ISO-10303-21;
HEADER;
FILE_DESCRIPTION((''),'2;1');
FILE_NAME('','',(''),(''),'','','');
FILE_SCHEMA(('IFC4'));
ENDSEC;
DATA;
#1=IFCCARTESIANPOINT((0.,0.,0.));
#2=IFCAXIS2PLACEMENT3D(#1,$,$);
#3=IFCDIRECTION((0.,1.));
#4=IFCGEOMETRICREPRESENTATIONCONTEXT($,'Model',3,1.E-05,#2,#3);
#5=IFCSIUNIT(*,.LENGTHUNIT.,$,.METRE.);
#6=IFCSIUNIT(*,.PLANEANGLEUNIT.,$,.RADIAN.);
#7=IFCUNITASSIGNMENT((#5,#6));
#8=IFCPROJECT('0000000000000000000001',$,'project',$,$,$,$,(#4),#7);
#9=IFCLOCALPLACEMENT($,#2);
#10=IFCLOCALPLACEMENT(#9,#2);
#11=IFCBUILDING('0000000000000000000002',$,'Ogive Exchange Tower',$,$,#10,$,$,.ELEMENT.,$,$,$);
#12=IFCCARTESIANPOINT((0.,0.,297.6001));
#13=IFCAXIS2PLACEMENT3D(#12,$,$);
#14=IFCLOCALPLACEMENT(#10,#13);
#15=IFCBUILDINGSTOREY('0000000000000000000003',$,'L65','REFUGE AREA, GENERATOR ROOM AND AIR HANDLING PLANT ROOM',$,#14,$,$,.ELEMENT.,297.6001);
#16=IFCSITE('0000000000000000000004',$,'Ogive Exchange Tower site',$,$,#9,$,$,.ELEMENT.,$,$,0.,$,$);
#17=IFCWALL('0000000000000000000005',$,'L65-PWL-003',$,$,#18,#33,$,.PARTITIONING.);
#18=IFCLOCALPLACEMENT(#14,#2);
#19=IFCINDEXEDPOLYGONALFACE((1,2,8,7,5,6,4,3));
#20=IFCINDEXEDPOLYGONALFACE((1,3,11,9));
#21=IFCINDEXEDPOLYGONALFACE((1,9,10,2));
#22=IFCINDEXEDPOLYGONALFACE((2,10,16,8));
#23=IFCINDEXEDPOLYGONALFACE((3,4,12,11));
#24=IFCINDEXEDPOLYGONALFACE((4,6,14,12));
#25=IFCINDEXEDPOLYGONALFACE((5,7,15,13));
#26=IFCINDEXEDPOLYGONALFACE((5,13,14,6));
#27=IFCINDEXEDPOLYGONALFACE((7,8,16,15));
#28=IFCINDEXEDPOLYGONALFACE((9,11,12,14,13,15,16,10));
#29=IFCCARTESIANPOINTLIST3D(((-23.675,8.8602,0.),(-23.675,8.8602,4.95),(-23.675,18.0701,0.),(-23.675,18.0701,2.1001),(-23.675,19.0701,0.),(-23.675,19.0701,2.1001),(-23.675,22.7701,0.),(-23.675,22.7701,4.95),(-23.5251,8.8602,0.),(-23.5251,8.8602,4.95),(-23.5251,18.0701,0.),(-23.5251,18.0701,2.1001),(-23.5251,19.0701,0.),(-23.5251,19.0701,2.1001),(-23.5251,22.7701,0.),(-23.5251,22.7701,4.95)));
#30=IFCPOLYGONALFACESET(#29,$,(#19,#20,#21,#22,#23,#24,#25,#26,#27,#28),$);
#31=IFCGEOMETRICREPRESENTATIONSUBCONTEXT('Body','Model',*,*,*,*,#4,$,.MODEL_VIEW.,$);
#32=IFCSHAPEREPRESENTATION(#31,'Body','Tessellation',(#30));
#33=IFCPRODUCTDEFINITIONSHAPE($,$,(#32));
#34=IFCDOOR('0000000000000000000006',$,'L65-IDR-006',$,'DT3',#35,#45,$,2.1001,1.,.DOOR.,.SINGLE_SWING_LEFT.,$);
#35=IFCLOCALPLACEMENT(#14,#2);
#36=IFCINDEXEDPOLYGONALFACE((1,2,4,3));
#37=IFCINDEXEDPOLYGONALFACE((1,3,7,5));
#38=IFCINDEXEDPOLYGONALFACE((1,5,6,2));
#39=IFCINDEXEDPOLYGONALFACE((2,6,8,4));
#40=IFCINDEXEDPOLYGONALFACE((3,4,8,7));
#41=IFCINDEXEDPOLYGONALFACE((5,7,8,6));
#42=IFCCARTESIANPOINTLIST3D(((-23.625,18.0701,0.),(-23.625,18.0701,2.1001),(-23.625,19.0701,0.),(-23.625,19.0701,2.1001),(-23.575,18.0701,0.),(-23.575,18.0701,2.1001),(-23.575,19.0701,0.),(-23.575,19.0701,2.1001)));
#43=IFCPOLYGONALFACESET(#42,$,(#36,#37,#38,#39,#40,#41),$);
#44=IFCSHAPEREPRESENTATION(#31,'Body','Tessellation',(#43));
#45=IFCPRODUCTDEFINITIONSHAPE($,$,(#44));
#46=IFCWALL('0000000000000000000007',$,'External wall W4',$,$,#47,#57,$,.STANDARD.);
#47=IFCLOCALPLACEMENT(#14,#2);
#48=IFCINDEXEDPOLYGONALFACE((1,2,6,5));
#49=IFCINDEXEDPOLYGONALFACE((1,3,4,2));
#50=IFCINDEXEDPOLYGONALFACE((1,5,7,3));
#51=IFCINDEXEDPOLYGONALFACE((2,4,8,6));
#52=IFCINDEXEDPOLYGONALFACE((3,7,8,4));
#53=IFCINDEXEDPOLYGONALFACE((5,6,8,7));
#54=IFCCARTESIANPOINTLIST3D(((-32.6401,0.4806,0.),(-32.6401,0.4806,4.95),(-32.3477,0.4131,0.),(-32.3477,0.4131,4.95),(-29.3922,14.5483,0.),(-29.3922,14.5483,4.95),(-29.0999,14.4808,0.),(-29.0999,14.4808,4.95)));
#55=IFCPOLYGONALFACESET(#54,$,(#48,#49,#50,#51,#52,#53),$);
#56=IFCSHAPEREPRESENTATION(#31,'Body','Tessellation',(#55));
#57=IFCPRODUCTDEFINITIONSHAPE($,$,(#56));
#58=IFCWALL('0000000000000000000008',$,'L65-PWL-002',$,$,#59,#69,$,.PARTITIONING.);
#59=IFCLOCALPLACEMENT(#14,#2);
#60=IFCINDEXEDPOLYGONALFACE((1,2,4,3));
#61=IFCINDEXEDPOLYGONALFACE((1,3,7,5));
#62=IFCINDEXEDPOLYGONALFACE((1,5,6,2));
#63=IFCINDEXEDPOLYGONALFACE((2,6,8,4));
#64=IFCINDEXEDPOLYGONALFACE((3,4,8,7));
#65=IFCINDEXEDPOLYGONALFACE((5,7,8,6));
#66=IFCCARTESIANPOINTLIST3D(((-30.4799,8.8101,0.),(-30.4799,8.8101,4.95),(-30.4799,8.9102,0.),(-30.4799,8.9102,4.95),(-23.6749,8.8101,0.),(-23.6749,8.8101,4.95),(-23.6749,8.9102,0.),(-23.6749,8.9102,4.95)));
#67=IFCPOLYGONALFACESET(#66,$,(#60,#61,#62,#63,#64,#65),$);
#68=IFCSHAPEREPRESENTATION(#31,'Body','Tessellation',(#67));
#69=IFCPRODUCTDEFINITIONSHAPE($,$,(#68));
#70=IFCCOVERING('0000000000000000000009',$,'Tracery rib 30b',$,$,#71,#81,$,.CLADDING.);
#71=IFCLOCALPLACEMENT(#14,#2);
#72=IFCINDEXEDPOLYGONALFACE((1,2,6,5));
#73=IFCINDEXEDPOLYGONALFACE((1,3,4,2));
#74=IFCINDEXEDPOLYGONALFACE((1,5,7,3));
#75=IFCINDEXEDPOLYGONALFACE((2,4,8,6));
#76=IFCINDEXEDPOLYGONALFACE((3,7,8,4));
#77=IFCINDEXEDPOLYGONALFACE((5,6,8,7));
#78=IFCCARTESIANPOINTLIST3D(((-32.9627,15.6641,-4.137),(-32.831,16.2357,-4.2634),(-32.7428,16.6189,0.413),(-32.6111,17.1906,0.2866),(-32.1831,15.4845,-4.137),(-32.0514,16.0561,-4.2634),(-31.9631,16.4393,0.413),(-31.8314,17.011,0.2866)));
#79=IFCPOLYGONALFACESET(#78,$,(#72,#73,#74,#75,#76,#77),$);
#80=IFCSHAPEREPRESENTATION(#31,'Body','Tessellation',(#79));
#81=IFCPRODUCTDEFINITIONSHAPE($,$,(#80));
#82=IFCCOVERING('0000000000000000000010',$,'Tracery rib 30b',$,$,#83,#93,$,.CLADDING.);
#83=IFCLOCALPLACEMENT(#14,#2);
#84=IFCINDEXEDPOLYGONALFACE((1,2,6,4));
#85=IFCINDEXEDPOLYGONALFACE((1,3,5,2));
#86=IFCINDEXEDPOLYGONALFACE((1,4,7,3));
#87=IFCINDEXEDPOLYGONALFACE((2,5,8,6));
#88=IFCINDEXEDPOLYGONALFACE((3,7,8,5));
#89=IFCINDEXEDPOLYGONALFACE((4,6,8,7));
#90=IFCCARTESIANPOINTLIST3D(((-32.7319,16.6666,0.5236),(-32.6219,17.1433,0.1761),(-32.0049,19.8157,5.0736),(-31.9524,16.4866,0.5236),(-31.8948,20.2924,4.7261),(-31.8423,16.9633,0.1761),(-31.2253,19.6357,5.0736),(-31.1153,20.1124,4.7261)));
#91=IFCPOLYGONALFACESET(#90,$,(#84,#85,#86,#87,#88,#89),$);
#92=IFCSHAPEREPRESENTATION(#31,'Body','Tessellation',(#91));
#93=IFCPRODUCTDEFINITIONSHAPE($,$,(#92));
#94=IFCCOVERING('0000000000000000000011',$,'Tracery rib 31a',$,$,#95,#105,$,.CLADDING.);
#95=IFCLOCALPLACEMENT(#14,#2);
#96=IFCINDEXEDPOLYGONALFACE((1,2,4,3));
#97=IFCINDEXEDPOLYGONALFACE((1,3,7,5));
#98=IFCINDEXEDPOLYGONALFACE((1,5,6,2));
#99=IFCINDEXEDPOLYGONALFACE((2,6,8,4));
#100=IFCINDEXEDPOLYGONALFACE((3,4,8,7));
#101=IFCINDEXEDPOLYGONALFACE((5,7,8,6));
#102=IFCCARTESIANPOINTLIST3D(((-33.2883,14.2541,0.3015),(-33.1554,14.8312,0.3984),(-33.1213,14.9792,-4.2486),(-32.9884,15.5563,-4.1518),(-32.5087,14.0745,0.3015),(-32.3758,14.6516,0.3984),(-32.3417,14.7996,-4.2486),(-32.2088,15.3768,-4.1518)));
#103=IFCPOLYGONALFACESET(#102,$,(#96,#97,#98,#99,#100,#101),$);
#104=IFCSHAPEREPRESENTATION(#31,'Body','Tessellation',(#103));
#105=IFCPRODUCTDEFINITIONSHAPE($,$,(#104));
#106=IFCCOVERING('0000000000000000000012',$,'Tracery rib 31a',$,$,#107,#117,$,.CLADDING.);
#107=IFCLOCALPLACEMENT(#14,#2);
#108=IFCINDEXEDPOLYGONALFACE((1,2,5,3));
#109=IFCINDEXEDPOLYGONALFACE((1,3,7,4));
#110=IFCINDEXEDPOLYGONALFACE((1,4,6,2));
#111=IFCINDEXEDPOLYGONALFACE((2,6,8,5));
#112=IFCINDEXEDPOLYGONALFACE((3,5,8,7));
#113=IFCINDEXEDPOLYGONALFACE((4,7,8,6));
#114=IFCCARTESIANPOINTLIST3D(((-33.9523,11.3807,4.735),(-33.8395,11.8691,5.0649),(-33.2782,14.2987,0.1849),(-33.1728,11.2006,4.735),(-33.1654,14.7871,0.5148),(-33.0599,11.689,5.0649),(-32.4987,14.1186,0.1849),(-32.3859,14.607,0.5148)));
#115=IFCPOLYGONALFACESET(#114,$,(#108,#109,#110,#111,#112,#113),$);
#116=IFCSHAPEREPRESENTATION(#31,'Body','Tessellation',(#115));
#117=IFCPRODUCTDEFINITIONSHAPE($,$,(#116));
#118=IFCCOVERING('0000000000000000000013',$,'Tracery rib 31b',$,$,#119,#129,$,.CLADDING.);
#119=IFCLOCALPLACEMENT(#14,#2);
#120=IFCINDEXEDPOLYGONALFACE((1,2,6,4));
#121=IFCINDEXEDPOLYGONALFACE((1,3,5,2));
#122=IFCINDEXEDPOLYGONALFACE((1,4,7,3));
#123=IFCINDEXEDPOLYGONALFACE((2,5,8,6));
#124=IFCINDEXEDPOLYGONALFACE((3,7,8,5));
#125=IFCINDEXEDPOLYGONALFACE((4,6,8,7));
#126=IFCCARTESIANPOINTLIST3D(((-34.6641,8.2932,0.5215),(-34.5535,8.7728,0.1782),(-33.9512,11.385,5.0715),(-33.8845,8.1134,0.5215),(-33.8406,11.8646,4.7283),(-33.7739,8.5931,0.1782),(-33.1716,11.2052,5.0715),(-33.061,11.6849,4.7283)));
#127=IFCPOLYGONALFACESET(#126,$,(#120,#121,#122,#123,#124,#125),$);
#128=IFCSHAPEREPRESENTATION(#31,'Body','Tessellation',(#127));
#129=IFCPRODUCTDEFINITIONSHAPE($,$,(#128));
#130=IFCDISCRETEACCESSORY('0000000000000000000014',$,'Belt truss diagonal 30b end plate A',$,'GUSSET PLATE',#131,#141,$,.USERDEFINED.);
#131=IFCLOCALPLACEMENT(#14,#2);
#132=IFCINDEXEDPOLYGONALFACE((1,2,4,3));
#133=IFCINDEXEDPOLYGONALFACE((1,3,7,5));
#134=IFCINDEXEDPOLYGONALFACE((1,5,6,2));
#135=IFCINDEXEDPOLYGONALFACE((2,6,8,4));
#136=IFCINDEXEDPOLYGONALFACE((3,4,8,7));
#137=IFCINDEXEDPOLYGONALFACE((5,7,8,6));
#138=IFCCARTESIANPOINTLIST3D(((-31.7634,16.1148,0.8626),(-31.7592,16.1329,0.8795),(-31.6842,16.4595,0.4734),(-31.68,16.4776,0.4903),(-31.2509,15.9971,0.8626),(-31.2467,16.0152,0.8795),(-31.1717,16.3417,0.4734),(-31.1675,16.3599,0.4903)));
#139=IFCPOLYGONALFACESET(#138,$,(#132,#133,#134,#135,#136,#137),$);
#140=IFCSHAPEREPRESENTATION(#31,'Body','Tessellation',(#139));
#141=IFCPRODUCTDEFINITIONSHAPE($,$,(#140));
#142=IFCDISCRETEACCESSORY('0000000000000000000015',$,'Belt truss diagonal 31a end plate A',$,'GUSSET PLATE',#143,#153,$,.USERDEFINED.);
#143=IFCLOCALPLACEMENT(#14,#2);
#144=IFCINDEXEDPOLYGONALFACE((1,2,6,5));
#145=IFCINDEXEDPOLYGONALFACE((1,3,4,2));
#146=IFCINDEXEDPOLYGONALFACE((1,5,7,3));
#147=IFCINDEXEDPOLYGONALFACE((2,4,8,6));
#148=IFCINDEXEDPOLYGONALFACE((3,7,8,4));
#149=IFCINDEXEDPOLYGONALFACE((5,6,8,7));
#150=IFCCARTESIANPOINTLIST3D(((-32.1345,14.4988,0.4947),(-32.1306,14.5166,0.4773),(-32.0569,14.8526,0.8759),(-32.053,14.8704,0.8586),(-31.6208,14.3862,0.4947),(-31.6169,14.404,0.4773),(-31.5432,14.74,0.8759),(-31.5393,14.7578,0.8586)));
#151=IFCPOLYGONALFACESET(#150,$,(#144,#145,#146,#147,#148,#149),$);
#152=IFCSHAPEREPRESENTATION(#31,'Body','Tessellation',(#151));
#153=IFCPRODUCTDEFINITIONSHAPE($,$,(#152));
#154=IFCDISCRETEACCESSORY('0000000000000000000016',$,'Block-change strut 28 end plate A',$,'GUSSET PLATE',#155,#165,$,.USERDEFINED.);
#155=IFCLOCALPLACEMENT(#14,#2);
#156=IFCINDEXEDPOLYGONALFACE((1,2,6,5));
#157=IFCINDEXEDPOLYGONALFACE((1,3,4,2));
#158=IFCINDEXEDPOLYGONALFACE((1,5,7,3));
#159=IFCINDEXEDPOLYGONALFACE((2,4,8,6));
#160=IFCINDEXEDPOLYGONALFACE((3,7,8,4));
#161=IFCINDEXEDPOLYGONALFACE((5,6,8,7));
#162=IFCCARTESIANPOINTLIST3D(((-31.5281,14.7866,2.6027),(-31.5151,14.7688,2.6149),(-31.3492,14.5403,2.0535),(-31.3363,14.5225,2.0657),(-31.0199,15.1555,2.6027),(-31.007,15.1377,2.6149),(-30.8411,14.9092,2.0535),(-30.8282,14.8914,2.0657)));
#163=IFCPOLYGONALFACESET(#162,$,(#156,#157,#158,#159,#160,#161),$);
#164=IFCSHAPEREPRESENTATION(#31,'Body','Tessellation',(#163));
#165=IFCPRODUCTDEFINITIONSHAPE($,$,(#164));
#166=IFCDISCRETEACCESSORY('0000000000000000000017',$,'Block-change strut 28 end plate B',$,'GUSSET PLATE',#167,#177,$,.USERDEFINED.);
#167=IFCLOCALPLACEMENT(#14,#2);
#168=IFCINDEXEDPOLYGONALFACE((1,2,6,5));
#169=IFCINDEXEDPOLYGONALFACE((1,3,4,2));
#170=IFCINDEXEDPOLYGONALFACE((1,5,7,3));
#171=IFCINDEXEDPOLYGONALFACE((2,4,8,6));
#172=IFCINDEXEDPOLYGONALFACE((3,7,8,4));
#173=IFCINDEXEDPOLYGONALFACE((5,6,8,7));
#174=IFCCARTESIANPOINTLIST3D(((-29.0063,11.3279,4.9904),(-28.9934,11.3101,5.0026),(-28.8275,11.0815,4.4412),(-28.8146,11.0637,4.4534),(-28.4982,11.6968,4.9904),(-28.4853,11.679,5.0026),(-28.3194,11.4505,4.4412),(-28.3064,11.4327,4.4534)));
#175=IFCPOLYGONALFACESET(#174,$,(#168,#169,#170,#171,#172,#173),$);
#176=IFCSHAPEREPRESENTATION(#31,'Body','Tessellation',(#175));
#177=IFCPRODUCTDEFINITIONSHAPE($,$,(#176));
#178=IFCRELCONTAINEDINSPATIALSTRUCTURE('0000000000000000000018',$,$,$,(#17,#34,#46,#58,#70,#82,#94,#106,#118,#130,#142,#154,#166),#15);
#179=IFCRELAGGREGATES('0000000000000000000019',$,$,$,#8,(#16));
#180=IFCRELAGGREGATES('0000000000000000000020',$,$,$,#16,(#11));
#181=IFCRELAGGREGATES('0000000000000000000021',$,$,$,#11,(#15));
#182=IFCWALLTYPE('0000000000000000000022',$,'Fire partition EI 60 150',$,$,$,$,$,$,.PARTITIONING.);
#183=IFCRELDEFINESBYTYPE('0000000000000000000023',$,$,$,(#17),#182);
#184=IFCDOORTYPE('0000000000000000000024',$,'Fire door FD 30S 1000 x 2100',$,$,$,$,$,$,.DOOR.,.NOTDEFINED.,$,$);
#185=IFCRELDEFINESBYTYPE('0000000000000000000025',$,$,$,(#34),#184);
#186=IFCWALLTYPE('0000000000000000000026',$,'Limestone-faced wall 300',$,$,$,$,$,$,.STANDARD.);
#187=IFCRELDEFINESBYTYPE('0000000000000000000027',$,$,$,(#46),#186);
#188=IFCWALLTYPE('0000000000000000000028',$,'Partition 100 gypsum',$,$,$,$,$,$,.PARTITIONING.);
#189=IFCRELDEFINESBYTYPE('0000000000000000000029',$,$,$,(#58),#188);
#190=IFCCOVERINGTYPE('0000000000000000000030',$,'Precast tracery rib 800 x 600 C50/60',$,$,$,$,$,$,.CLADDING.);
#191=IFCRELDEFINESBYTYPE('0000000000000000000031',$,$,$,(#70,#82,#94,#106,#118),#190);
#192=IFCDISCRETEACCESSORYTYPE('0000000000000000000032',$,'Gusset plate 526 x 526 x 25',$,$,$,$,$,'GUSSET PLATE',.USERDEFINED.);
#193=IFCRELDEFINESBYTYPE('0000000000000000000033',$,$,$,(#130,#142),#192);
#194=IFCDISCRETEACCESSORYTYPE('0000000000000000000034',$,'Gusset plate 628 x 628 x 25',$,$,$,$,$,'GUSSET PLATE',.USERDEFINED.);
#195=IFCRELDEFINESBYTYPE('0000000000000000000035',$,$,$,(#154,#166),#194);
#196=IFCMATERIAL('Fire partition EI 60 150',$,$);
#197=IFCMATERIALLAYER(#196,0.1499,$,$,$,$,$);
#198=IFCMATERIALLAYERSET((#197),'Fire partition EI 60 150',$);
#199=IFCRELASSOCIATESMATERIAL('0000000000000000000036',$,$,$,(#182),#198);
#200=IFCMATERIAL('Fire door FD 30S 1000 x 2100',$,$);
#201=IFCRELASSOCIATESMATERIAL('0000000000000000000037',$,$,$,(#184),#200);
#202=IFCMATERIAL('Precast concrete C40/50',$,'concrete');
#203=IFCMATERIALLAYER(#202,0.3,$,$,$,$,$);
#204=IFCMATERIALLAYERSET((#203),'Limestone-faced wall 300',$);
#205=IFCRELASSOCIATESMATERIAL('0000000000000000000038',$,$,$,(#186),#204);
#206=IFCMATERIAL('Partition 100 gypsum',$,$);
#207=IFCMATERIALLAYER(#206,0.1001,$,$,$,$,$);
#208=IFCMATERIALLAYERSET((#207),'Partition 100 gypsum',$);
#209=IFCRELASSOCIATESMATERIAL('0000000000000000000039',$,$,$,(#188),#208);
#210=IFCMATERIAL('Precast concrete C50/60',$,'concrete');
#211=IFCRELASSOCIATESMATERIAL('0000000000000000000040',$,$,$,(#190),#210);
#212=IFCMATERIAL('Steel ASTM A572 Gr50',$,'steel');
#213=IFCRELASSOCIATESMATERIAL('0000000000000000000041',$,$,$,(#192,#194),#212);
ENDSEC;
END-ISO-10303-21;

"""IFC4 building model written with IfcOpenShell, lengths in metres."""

from ifc_helpers import new_model, si_unit, direction, frame, frame_2d, origin, origin_2d, place, context, subcontext, project, spatial, rectangle, extrude, material, layer, layer_set, material_profile, profile_set, type_object, element, fill, save


model = new_model("IFC4")

# Units and contexts
model_context = context("Model", 3, precision=1e-05, world=origin(), true_north=direction((0.0, 1.0)))
body_context = subcontext(model_context, "Body", "Model", "MODEL_VIEW")
ifc_project = project(units=[si_unit("LENGTHUNIT", "METRE"), si_unit("PLANEANGLEUNIT", "RADIAN")], contexts=[model_context])

# Site, building, storey
site_placement = place(None, origin())
site = spatial("IfcSite", under=ifc_project, at=site_placement, Name="Ogive Exchange Tower site", CompositionType="ELEMENT", RefElevation=0.0)
building_placement = place(site_placement, origin())
building = spatial("IfcBuilding", under=site, at=building_placement, Name="Ogive Exchange Tower", CompositionType="ELEMENT")
storey_placement = place(building_placement, frame((0.0, 0.0, 297.6001)))
storey = spatial("IfcBuildingStorey", under=building, at=storey_placement, Name="L65", Description="REFUGE AREA, GENERATOR ROOM AND AIR HANDLING PLANT ROOM", CompositionType="ELEMENT", Elevation=297.6001)

# Wall, opening, door
ifc_material_1 = material(Name="Fire partition EI 60 150")
ifc_layer_1 = layer(ifc_material_1, 0.1499)
ifc_layer_set_1 = layer_set([ifc_layer_1], Name="Fire partition EI 60 150")
wall_type_1 = type_object("IfcWallType", Name="Fire partition EI 60 150", PredefinedType="PARTITIONING", material=ifc_layer_set_1)
wall_1_placement = place(storey_placement, frame((-23.6001, 8.8601, 0.0), z_axis=(0.0, 0.0, 1.0), x_axis=(0.0, 1.0, 0.0)))
wall_1 = element("IfcWall", 1, at=wall_1_placement, inside=storey, type_object=wall_type_1, Name="L65-PWL-003", PredefinedType="PARTITIONING", context=body_context, shape_type="SweptSolid", body=[
    extrude(rectangle(XDim=13.9099, YDim=0.1499, at=frame_2d((6.9551, 0.0))), origin(), (0.0, 0.0, 1.0), 4.95),
])
opening_placement = place(wall_1_placement, frame((9.21, 0.0, 0.0)))
opening = element("IfcOpeningElement", 2, at=opening_placement, cuts=wall_1, PredefinedType="OPENING", context=body_context, shape_type="SweptSolid", body=[
    extrude(rectangle(XDim=1.0, YDim=2.1001, at=frame_2d((0.5, 1.05))), frame((0.0, 0.085, 0.0), z_axis=(0.0, -1.0, 0.0), x_axis=(1.0, 0.0, 0.0)), (0.0, 0.0, 1.0), 0.1699),
])
ifc_material_2 = material(Name="Fire door FD 30S 1000 x 2100")
door_type = type_object("IfcDoorType", Name="Fire door FD 30S 1000 x 2100", OperationType="NOTDEFINED", PredefinedType="DOOR", material=ifc_material_2)
door_placement = place(opening_placement, origin())
door = element("IfcDoor", 3, at=door_placement, inside=storey, type_object=door_type, Name="L65-IDR-006", ObjectType="DT3", OperationType="SINGLE_SWING_LEFT", OverallHeight=2.1001, OverallWidth=1.0, PredefinedType="DOOR", context=body_context, shape_type="SweptSolid", body=[
    extrude(rectangle(XDim=1.0, YDim=2.1001, at=frame_2d((0.5, 1.05))), frame((0.0, 0.0249, 0.0), z_axis=(0.0, -1.0, 0.0), x_axis=(1.0, 0.0, 0.0)), (0.0, 0.0, 1.0), 0.05),
])
fill(opening, door)

# Walls
ifc_material_3 = material(Name="Precast concrete C40/50", Category="concrete")
ifc_layer_2 = layer(ifc_material_3, 0.3)
ifc_layer_set_2 = layer_set([ifc_layer_2], Name="Limestone-faced wall 300")
wall_type_2 = type_object("IfcWallType", Name="Limestone-faced wall 300", PredefinedType="STANDARD", material=ifc_layer_set_2)
wall_2_placement = place(storey_placement, frame((-29.2461, 14.5144, 0.0), z_axis=(0.0, 0.0, 1.0), x_axis=(-0.224953, -0.97437, 0.0)))
element("IfcWall", 4, at=wall_2_placement, inside=storey, type_object=wall_type_2, Name="External wall W4", PredefinedType="STANDARD", context=body_context, shape_type="SweptSolid", body=[
    extrude(rectangle(XDim=14.4377, YDim=0.3, at=frame_2d((7.2188, 0.0))), origin(), (0.0, 0.0, 1.0), 4.95),
])
ifc_material_4 = material(Name="Partition 100 gypsum")
ifc_layer_3 = layer(ifc_material_4, 0.1001)
ifc_layer_set_3 = layer_set([ifc_layer_3], Name="Partition 100 gypsum")
wall_type_3 = type_object("IfcWallType", Name="Partition 100 gypsum", PredefinedType="PARTITIONING", material=ifc_layer_set_3)
wall_3_placement = place(storey_placement, frame((-23.675, 8.8601, 0.0), z_axis=(0.0, 0.0, 1.0), x_axis=(-1.0, 0.0, 0.0)))
element("IfcWall", 5, at=wall_3_placement, inside=storey, type_object=wall_type_3, Name="L65-PWL-002", PredefinedType="PARTITIONING", context=body_context, shape_type="SweptSolid", body=[
    extrude(rectangle(XDim=6.8049, YDim=0.1001, at=frame_2d((3.4023, 0.0))), origin(), (0.0, 0.0, 1.0), 4.95),
])

# Coverings
ifc_material_5 = material(Name="Precast concrete C50/60", Category="concrete")
ifc_material_profile_1 = material_profile(ifc_material_5, rectangle(XDim=0.8, YDim=0.6001, at=origin_2d()), Name="RIB 800 x 600")
ifc_profile_set_1 = profile_set([ifc_material_profile_1], Name="Precast concrete C50/60")
covering_type = type_object("IfcCoveringType", Name="Precast tracery rib 800 x 600 C50/60", PredefinedType="CLADDING", material=ifc_profile_set_1)
covering_1_placement = place(storey_placement, frame((-32.5071, 15.8601, -4.2002), z_axis=(0.047261, 0.205148, 0.977589), x_axis=(-0.974475, 0.224496, 0.0)))
element("IfcCovering", 6, at=covering_1_placement, inside=storey, type_object=covering_type, Name="Tracery rib 30b", PredefinedType="CLADDING", context=body_context, shape_type="SweptSolid", body=[
    extrude(rectangle(XDim=0.8, YDim=0.6001, at=origin_2d()), origin(), (0.0, 0.0, 1.0), 4.6543),
])
covering_2_placement = place(storey_placement, frame((-32.2871, 16.8149, 0.3499), z_axis=(0.13027, 0.564255, 0.815258), x_axis=(-0.97437, 0.224953, 0.0)))
element("IfcCovering", 7, at=covering_2_placement, inside=storey, type_object=covering_type, Name="Tracery rib 30b", PredefinedType="CLADDING", context=body_context, shape_type="SweptSolid", body=[
    extrude(rectangle(XDim=0.8, YDim=0.6001, at=origin_2d()), origin(), (0.0, 0.0, 1.0), 5.5811),
])
covering_3_placement = place(storey_placement, frame((-32.665, 15.178, -4.2002), z_axis=(-0.03622, -0.157271, 0.986891), x_axis=(0.974491, -0.224428, 0.0)))
element("IfcCovering", 8, at=covering_3_placement, inside=storey, type_object=covering_type, Name="Tracery rib 31a", PredefinedType="CLADDING", context=body_context, shape_type="SweptSolid", body=[
    extrude(rectangle(XDim=0.8, YDim=0.6001, at=origin_2d()), origin(), (0.0, 0.0, 1.0), 4.6106),
])
covering_4_placement = place(storey_placement, frame((-32.832, 14.4529, 0.3499), z_axis=(-0.123747, -0.535683, 0.835302), x_axis=(0.97434, -0.22508, 0.0)))
element("IfcCovering", 9, at=covering_4_placement, inside=storey, type_object=covering_type, Name="Tracery rib 31a", PredefinedType="CLADDING", context=body_context, shape_type="SweptSolid", body=[
    extrude(rectangle(XDim=0.8, YDim=0.6001, at=origin_2d()), origin(), (0.0, 0.0, 1.0), 5.4473),
])
covering_5_placement = place(storey_placement, frame((-34.219, 8.4431, 0.3499), z_axis=(0.128516, 0.557371, 0.820257), x_axis=(-0.974433, 0.22468, 0.0)))
element("IfcCovering", 10, at=covering_5_placement, inside=storey, type_object=covering_type, Name="Tracery rib 31b", PredefinedType="CLADDING", context=body_context, shape_type="SweptSolid", body=[
    extrude(rectangle(XDim=0.8, YDim=0.6001, at=origin_2d()), origin(), (0.0, 0.0, 1.0), 5.5471),
])

# Discrete accessories
ifc_material_6 = material(Name="Steel ASTM A572 Gr50", Category="steel")
ifc_material_profile_2 = material_profile(ifc_material_6, rectangle(XDim=0.5259, YDim=0.5259, at=origin_2d()), Name="PL 526 x 526 x 25")
ifc_profile_set_2 = profile_set([ifc_material_profile_2], Name="Steel ASTM A572 Gr50")
discrete_accessory_type_1 = type_object("IfcDiscreteAccessoryType", Name="Gusset plate 526 x 526 x 25", ElementType="GUSSET PLATE", PredefinedType="USERDEFINED", material=ifc_profile_set_2)
for number, where, z_axis, x_axis, name in (
    (11, (-31.4675, 16.2283, 0.668), (0.165698, 0.721274, 0.672539), (-0.974613, 0.223898, 0.0), "Belt truss diagonal 30b end plate A"),
    (12, (-31.835, 14.6372, 0.668), (-0.155215, -0.708171, 0.688769), (0.976813, -0.214096, 0.0), "Belt truss diagonal 31a end plate A"),
):
    element("IfcDiscreteAccessory", number, at=place(storey_placement, frame(where, z_axis=z_axis, x_axis=x_axis)), inside=storey, type_object=discrete_accessory_type_1, Name=name, ObjectType="GUSSET PLATE", PredefinedType="USERDEFINED", context=body_context, shape_type="SweptSolid", body=[
        extrude(rectangle(XDim=0.5259, YDim=0.5259, at=origin_2d()), origin(), (0.0, 0.0, 1.0), 0.0251),
    ])
ifc_material_profile_3 = material_profile(ifc_material_6, rectangle(XDim=0.6279, YDim=0.6279, at=origin_2d()), Name="PL 628 x 628 x 25")
ifc_profile_set_3 = profile_set([ifc_material_profile_3], Name="Steel ASTM A572 Gr50")
discrete_accessory_type_2 = type_object("IfcDiscreteAccessoryType", Name="Gusset plate 628 x 628 x 25", ElementType="GUSSET PLATE", PredefinedType="USERDEFINED", material=ifc_profile_set_3)
for number, where, z_axis, x_axis, name in (
    (13, (-31.1846, 14.8479, 2.3281), (0.513861, -0.707771, 0.484775), (0.809215, 0.587512, 0.0), "Block-change strut 28 end plate A"),
    (14, (-28.6628, 11.3892, 4.7158), (0.513861, -0.707771, 0.484775), (0.809215, 0.587512, 0.0), "Block-change strut 28 end plate B"),
):
    element("IfcDiscreteAccessory", number, at=place(storey_placement, frame(where, z_axis=z_axis, x_axis=x_axis)), inside=storey, type_object=discrete_accessory_type_2, Name=name, ObjectType="GUSSET PLATE", PredefinedType="USERDEFINED", context=body_context, shape_type="SweptSolid", body=[
        extrude(rectangle(XDim=0.6279, YDim=0.6279, at=origin_2d()), origin(), (0.0, 0.0, 1.0), 0.0251),
    ])

save(model, "model.ifc")
